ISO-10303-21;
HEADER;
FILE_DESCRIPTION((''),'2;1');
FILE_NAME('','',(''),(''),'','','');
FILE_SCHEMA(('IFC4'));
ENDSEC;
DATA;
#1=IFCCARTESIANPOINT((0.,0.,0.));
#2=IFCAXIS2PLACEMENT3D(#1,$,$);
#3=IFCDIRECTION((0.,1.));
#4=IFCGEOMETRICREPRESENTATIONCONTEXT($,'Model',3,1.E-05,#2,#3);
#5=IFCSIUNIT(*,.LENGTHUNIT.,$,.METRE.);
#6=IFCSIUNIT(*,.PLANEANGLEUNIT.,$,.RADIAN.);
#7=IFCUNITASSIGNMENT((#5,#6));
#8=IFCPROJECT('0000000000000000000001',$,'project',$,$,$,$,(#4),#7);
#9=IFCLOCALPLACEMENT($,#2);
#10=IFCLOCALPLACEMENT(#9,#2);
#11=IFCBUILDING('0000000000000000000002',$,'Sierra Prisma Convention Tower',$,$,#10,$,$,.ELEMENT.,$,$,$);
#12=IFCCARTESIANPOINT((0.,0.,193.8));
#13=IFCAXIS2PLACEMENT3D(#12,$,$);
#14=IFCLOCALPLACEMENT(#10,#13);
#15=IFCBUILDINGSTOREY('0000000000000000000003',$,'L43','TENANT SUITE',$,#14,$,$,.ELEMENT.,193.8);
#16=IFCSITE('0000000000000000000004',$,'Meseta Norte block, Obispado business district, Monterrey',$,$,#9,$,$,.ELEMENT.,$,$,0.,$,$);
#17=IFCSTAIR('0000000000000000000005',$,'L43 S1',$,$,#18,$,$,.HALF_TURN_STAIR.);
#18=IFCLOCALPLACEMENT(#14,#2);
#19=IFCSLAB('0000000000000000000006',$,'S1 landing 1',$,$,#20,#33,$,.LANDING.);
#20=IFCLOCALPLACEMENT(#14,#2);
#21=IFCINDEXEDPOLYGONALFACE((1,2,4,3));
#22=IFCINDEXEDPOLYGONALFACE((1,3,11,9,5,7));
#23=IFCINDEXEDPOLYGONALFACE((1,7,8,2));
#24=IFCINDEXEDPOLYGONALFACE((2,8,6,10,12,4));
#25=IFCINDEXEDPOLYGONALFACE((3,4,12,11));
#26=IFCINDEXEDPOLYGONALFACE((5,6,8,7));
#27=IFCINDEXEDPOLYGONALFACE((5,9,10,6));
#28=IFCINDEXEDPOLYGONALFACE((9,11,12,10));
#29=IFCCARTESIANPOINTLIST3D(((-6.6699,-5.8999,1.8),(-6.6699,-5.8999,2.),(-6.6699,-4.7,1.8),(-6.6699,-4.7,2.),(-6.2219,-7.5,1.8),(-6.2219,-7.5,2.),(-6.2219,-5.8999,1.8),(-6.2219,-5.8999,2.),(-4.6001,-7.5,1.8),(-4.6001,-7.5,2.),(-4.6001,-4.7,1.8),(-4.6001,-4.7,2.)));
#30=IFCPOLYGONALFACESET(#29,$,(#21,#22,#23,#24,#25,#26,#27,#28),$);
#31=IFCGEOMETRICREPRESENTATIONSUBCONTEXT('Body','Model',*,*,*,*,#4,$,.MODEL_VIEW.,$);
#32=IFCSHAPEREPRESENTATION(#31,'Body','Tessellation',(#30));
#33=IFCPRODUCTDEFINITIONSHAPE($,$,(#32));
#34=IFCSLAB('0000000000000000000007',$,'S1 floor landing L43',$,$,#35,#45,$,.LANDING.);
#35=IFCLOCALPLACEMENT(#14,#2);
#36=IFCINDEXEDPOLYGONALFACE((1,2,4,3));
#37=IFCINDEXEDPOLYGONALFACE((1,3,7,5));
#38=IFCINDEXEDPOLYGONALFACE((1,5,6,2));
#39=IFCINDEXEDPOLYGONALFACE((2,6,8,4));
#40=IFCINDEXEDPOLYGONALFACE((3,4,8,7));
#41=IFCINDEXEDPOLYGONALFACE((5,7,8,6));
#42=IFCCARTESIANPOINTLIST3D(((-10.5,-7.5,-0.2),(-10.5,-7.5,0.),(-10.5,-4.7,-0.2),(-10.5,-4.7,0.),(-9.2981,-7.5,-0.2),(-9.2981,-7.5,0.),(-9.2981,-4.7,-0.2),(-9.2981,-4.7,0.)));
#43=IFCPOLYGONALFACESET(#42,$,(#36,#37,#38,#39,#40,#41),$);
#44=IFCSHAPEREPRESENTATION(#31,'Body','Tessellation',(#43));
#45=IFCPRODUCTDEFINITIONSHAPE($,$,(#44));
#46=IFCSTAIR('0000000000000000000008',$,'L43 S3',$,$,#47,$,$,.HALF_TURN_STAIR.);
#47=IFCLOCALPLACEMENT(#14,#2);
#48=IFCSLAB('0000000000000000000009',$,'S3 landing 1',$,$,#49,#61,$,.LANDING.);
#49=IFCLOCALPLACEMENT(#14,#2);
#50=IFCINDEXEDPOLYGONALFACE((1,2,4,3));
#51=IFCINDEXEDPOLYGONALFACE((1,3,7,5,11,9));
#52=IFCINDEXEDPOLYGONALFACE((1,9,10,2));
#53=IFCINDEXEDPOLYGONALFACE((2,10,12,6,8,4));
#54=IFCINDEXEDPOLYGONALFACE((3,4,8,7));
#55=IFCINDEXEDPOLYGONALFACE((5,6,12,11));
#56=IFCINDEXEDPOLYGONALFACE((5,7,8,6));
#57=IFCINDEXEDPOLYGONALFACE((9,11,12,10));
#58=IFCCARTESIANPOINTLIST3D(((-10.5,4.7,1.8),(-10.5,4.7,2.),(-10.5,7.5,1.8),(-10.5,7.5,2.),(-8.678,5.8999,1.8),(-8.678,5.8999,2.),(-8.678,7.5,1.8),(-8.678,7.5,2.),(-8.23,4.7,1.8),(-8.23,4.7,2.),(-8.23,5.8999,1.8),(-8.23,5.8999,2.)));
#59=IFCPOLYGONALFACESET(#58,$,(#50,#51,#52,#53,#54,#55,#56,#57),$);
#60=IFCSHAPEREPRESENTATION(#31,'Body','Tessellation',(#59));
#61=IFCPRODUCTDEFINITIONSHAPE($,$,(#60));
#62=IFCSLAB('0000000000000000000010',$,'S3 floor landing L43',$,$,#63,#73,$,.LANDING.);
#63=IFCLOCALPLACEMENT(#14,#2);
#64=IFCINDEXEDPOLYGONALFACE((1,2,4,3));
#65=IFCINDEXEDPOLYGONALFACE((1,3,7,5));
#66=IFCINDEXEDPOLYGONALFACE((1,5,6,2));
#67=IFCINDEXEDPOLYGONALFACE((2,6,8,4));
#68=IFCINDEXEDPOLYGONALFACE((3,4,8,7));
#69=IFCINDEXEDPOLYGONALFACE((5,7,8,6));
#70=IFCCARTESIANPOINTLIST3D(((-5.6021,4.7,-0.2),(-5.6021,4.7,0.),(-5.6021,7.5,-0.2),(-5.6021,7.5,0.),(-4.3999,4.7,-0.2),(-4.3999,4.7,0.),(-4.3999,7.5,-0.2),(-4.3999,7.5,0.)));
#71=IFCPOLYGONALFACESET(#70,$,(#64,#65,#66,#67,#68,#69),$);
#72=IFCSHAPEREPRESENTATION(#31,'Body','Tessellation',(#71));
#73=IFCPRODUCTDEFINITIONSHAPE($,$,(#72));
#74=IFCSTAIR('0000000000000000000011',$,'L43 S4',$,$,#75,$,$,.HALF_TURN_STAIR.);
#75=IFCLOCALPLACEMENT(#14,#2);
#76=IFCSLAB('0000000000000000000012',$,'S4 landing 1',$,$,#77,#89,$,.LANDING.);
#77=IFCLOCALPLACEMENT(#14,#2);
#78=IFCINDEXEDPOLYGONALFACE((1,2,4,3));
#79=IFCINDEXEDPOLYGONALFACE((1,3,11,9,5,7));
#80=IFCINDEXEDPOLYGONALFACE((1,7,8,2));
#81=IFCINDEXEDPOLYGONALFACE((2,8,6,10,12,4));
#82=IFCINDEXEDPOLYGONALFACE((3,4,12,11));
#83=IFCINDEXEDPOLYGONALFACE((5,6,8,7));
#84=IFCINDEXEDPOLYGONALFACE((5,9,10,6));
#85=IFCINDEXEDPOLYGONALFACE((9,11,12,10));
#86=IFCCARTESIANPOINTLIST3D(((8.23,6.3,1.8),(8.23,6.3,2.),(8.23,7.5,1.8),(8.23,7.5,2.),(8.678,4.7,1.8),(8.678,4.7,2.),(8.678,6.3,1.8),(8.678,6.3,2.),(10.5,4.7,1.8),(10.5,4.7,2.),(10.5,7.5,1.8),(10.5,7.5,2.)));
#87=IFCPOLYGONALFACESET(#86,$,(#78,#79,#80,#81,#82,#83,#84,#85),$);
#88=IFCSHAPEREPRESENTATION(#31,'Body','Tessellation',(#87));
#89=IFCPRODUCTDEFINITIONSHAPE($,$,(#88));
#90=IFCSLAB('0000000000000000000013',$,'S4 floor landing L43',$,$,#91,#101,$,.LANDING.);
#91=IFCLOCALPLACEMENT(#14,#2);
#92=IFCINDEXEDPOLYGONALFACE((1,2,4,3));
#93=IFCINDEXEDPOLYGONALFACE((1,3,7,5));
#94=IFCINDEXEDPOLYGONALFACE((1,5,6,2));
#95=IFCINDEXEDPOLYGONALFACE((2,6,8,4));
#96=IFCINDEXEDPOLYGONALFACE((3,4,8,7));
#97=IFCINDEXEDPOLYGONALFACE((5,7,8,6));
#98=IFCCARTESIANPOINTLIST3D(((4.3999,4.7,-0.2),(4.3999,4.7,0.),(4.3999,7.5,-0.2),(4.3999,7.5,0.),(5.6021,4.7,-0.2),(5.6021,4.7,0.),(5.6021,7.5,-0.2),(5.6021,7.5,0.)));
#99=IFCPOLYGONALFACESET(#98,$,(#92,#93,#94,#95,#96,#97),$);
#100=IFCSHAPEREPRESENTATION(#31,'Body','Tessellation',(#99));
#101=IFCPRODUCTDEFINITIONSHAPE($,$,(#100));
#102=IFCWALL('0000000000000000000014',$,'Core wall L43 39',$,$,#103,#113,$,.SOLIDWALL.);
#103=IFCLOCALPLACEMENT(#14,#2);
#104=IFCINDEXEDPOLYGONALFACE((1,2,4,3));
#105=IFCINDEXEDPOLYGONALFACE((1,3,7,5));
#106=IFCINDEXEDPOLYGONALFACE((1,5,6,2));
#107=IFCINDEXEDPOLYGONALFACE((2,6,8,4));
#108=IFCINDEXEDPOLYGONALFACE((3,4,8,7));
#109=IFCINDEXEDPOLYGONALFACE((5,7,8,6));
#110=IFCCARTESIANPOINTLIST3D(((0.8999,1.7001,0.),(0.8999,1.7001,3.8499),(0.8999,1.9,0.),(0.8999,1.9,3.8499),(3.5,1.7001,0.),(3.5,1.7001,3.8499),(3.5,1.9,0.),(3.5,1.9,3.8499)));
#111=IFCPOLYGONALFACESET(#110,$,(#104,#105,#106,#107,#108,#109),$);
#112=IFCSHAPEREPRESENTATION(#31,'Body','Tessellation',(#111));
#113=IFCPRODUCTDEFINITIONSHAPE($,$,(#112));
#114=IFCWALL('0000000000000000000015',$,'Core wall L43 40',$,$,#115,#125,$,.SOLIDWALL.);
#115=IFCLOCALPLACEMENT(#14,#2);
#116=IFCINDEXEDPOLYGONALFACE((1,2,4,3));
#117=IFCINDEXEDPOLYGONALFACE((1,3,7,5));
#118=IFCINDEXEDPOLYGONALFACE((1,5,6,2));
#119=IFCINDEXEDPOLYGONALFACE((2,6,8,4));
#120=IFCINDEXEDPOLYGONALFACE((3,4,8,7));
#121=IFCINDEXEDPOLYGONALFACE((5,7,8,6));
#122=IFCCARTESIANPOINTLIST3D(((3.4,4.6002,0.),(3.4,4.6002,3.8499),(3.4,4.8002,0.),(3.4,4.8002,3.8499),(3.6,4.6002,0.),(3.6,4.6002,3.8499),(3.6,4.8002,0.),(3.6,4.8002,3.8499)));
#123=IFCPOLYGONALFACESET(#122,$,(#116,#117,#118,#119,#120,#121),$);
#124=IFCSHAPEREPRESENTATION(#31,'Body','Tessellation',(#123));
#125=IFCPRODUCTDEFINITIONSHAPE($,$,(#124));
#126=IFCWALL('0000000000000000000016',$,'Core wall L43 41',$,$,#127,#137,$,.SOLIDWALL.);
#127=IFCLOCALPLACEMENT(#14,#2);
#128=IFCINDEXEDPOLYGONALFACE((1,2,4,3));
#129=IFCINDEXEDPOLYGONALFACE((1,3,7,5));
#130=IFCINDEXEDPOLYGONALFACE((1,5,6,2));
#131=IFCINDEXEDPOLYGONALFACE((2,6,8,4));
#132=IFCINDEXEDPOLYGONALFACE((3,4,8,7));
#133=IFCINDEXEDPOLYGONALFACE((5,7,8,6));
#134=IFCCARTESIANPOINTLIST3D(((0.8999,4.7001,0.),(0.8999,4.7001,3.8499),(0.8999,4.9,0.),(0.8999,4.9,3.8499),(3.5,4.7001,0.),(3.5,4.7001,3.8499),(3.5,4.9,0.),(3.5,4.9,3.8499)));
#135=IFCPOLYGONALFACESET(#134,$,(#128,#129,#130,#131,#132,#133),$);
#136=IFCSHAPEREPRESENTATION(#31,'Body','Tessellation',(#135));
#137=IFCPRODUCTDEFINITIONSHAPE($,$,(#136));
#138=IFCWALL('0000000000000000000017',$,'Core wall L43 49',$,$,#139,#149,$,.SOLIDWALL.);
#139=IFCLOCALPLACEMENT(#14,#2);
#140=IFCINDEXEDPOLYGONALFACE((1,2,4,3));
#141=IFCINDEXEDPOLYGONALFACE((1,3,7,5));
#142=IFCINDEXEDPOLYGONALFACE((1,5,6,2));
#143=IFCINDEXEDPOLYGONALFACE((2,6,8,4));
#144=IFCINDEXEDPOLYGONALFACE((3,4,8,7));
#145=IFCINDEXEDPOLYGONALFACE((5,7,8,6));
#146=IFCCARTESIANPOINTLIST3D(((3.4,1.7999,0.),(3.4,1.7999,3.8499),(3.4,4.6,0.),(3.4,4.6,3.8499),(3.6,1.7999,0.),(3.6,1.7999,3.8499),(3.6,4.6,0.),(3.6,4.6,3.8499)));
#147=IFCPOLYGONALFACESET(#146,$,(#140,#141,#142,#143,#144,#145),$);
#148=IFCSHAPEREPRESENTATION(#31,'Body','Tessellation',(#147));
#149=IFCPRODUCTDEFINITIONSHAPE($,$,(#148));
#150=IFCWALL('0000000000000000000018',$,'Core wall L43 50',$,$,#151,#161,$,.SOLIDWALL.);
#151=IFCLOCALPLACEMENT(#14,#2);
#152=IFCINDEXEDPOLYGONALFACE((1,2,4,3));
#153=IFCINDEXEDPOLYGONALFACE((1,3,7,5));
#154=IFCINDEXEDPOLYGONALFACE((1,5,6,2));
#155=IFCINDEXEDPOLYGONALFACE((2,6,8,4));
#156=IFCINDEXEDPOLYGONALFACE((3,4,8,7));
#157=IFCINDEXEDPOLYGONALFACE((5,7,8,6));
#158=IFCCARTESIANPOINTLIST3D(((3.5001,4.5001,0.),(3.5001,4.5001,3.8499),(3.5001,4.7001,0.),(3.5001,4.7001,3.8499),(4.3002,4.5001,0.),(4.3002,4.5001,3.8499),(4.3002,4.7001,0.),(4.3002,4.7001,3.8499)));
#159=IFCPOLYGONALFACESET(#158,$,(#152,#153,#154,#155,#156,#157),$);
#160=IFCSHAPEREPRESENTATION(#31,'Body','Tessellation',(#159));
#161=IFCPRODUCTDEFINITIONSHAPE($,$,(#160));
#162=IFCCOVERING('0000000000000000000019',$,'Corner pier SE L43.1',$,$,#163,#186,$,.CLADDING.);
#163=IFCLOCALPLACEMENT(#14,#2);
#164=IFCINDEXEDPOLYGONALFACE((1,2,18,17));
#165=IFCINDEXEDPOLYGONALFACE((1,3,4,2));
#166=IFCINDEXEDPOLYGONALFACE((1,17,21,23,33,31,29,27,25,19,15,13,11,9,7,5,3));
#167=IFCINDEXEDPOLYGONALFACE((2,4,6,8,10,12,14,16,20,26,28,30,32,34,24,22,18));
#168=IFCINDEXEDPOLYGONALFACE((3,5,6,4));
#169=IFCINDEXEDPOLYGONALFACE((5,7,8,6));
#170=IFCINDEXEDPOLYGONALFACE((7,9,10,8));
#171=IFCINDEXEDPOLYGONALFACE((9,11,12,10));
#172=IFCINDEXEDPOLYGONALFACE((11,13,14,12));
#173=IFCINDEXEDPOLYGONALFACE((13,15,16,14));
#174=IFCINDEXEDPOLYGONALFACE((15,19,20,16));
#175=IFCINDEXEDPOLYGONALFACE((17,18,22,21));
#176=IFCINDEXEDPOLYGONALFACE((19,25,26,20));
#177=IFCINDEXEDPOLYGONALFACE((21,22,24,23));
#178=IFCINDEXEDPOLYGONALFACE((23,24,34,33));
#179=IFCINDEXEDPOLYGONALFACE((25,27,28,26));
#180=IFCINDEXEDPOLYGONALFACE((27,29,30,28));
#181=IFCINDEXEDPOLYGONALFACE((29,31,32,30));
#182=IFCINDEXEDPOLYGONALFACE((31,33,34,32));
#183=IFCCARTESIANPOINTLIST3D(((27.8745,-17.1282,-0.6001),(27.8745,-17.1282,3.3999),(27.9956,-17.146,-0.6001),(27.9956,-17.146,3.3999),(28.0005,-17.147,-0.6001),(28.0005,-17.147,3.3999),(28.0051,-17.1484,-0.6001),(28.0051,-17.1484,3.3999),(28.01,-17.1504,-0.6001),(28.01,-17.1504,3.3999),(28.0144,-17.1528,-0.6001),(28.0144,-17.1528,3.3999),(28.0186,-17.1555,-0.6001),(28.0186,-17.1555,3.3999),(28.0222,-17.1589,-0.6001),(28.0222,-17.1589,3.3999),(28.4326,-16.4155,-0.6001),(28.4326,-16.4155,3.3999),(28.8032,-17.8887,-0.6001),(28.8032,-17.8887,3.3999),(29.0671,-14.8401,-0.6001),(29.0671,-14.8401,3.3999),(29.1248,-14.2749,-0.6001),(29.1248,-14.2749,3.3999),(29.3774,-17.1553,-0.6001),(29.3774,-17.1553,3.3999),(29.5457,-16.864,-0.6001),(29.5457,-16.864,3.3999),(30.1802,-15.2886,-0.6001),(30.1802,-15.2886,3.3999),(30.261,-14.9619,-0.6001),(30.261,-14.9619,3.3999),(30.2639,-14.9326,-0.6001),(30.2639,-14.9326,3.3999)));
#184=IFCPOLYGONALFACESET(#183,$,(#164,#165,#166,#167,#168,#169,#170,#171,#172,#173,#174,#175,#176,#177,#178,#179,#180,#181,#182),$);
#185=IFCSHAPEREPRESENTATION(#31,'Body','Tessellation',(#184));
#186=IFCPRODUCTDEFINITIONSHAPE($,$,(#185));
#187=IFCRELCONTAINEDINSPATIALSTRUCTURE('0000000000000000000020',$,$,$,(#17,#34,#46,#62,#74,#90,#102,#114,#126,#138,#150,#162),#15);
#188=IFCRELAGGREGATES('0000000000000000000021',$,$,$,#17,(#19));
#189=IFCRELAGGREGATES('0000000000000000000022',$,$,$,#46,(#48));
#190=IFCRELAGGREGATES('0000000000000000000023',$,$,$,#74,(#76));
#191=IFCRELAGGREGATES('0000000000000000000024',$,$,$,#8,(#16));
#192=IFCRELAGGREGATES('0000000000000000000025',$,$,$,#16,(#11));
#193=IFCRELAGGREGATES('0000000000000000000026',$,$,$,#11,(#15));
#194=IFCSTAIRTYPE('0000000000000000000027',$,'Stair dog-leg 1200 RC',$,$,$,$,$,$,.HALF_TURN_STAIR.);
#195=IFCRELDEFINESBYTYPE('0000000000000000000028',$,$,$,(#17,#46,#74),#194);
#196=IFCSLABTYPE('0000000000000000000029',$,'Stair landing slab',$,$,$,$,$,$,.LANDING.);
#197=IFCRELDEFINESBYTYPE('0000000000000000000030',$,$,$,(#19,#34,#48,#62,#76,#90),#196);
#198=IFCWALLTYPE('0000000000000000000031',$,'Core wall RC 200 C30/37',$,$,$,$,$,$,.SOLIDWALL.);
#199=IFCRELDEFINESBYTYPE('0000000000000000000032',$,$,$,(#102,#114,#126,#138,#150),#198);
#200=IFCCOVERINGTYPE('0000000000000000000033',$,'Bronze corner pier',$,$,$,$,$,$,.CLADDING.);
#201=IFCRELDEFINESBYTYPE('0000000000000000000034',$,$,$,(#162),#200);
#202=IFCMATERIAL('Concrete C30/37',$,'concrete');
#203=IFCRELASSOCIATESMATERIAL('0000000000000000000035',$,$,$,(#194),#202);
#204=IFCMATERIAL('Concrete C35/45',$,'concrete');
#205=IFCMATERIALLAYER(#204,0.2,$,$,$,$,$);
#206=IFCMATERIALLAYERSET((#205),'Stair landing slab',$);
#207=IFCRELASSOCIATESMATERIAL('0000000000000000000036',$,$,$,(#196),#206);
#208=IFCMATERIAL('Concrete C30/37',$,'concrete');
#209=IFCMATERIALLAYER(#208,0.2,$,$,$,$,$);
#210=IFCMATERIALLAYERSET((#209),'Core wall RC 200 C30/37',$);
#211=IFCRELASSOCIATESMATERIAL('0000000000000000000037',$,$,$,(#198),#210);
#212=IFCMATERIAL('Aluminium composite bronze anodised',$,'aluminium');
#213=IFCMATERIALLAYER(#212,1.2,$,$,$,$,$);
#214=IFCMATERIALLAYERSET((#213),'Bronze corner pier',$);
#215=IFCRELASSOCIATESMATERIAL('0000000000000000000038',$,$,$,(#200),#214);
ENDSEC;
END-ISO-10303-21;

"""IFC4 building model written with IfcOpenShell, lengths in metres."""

from ifc_helpers import new_model, si_unit, direction, frame, frame_2d, origin, place, context, subcontext, project, spatial, polyline, rectangle, outline, extrude, material, layer, layer_set, type_object, element, aggregate, save


model = new_model("IFC4")

# Units and contexts
model_context = context("Model", 3, precision=1e-05, world=origin(), true_north=direction((0.0, 1.0)))
body_context = subcontext(model_context, "Body", "Model", "MODEL_VIEW")
ifc_project = project(units=[si_unit("LENGTHUNIT", "METRE"), si_unit("PLANEANGLEUNIT", "RADIAN")], contexts=[model_context])

# Site, building, storey
site_placement = place(None, origin())
site = spatial("IfcSite", under=ifc_project, at=site_placement, Name="Meseta Norte block, Obispado business district, Monterrey", CompositionType="ELEMENT", RefElevation=0.0)
building_placement = place(site_placement, origin())
building = spatial("IfcBuilding", under=site, at=building_placement, Name="Sierra Prisma Convention Tower", CompositionType="ELEMENT")
storey_placement = place(building_placement, frame((0.0, 0.0, 193.8)))
storey = spatial("IfcBuildingStorey", under=building, at=storey_placement, Name="L43", Description="TENANT SUITE", CompositionType="ELEMENT", Elevation=193.8)

# Stair, slab
ifc_material_1 = material(Name="Concrete C30/37", Category="concrete")
stair_type = type_object("IfcStairType", Name="Stair dog-leg 1200 RC", PredefinedType="HALF_TURN_STAIR", material=ifc_material_1)
stair_1_placement = place(storey_placement, origin())
stair_1 = element("IfcStair", 1, at=stair_1_placement, inside=storey, type_object=stair_type, Name="L43 S1", PredefinedType="HALF_TURN_STAIR")
ifc_material_2 = material(Name="Concrete C35/45", Category="concrete")
ifc_layer_1 = layer(ifc_material_2, 0.2)
ifc_layer_set_1 = layer_set([ifc_layer_1], Name="Stair landing slab")
slab_type = type_object("IfcSlabType", Name="Stair landing slab", PredefinedType="LANDING", material=ifc_layer_set_1)
slab_1_placement = place(storey_placement, frame((0.0, 0.0, 1.8)))
slab_1 = element("IfcSlab", 2, at=slab_1_placement, type_object=slab_type, Name="S1 landing 1", PredefinedType="LANDING", context=body_context, shape_type="SweptSolid", body=[
    extrude(outline(polyline([(-4.6001, -4.7), (-4.6001, -7.5), (-6.2219, -7.5), (-6.2219, -5.8999), (-6.6699, -5.8999), (-6.6699, -4.7), (-4.6001, -4.7)])), origin(), (0.0, 0.0, 1.0), 0.2),
])
aggregate(stair_1, [slab_1])

# Slab
slab_2_placement = place(storey_placement, frame((0.0, 0.0, -0.2)))
element("IfcSlab", 3, at=slab_2_placement, inside=storey, type_object=slab_type, Name="S1 floor landing L43", PredefinedType="LANDING", context=body_context, shape_type="SweptSolid", body=[
    extrude(outline(polyline([(-10.5, -7.5), (-9.2981, -7.5), (-9.2981, -4.7), (-10.5, -4.7), (-10.5, -7.5)])), origin(), (0.0, 0.0, 1.0), 0.2),
])

# Stair, slab
stair_2_placement = place(storey_placement, origin())
stair_2 = element("IfcStair", 4, at=stair_2_placement, inside=storey, type_object=stair_type, Name="L43 S3", PredefinedType="HALF_TURN_STAIR")
slab_3_placement = place(storey_placement, frame((0.0, 0.0, 1.8)))
slab_3 = element("IfcSlab", 5, at=slab_3_placement, type_object=slab_type, Name="S3 landing 1", PredefinedType="LANDING", context=body_context, shape_type="SweptSolid", body=[
    extrude(outline(polyline([(-8.23, 5.8999), (-8.23, 4.7), (-10.5, 4.7), (-10.5, 7.5), (-8.678, 7.5), (-8.678, 5.8999), (-8.23, 5.8999)])), origin(), (0.0, 0.0, 1.0), 0.2),
])
aggregate(stair_2, [slab_3])

# Slab
slab_4_placement = place(storey_placement, frame((0.0, 0.0, -0.2)))
element("IfcSlab", 6, at=slab_4_placement, inside=storey, type_object=slab_type, Name="S3 floor landing L43", PredefinedType="LANDING", context=body_context, shape_type="SweptSolid", body=[
    extrude(outline(polyline([(-4.3999, 7.5), (-5.6021, 7.5), (-5.6021, 4.7), (-4.3999, 4.7), (-4.3999, 7.5)])), origin(), (0.0, 0.0, 1.0), 0.2),
])

# Stair, slab
stair_3_placement = place(storey_placement, origin())
stair_3 = element("IfcStair", 7, at=stair_3_placement, inside=storey, type_object=stair_type, Name="L43 S4", PredefinedType="HALF_TURN_STAIR")
slab_5_placement = place(storey_placement, frame((0.0, 0.0, 1.8)))
slab_5 = element("IfcSlab", 8, at=slab_5_placement, type_object=slab_type, Name="S4 landing 1", PredefinedType="LANDING", context=body_context, shape_type="SweptSolid", body=[
    extrude(outline(polyline([(10.5, 7.5), (10.5, 4.7), (8.678, 4.7), (8.678, 6.3), (8.23, 6.3), (8.23, 7.5), (10.5, 7.5)])), origin(), (0.0, 0.0, 1.0), 0.2),
])
aggregate(stair_3, [slab_5])

# Slab
slab_6_placement = place(storey_placement, frame((0.0, 0.0, -0.2)))
element("IfcSlab", 9, at=slab_6_placement, inside=storey, type_object=slab_type, Name="S4 floor landing L43", PredefinedType="LANDING", context=body_context, shape_type="SweptSolid", body=[
    extrude(outline(polyline([(4.3999, 4.7), (5.6021, 4.7), (5.6021, 7.5), (4.3999, 7.5), (4.3999, 4.7)])), origin(), (0.0, 0.0, 1.0), 0.2),
])

# Shared definitions
ifc_material_3 = material(Name="Concrete C30/37", Category="concrete")
ifc_layer_2 = layer(ifc_material_3, 0.2)
ifc_layer_set_2 = layer_set([ifc_layer_2], Name="Core wall RC 200 C30/37")
wall_type = type_object("IfcWallType", Name="Core wall RC 200 C30/37", PredefinedType="SOLIDWALL", material=ifc_layer_set_2)

# Walls
wall_1_placement = place(storey_placement, frame((3.5, 1.8, 0.0), z_axis=(0.0, 0.0, 1.0), x_axis=(-1.0, 0.0, 0.0)))
element("IfcWall", 10, at=wall_1_placement, inside=storey, type_object=wall_type, Name="Core wall L43 39", PredefinedType="SOLIDWALL", context=body_context, shape_type="SweptSolid", body=[
    extrude(rectangle(XDim=2.6001, YDim=0.2, at=frame_2d((1.3, 0.0))), origin(), (0.0, 0.0, 1.0), 3.8499),
])
wall_2_placement = place(storey_placement, frame((3.5, 4.6001, 0.0), z_axis=(0.0, 0.0, 1.0), x_axis=(0.0, 1.0, 0.0)))
element("IfcWall", 11, at=wall_2_placement, inside=storey, type_object=wall_type, Name="Core wall L43 40", PredefinedType="SOLIDWALL", context=body_context, shape_type="SweptSolid", body=[
    extrude(rectangle(XDim=0.2, YDim=0.2, at=frame_2d((0.1001, 0.0))), origin(), (0.0, 0.0, 1.0), 3.8499),
])
wall_3_placement = place(storey_placement, frame((3.5, 4.8, 0.0), z_axis=(0.0, 0.0, 1.0), x_axis=(-1.0, 0.0, 0.0)))
element("IfcWall", 12, at=wall_3_placement, inside=storey, type_object=wall_type, Name="Core wall L43 41", PredefinedType="SOLIDWALL", context=body_context, shape_type="SweptSolid", body=[
    extrude(rectangle(XDim=2.6001, YDim=0.2, at=frame_2d((1.3, 0.0))), origin(), (0.0, 0.0, 1.0), 3.8499),
])

# Walls
wall_4_placement = place(storey_placement, frame((3.5, 1.8, 0.0), z_axis=(0.0, 0.0, 1.0), x_axis=(0.0, 1.0, 0.0)))
element("IfcWall", 13, at=wall_4_placement, inside=storey, type_object=wall_type, Name="Core wall L43 49", PredefinedType="SOLIDWALL", context=body_context, shape_type="SweptSolid", body=[
    extrude(rectangle(XDim=2.8, YDim=0.2, at=frame_2d((1.3999, 0.0))), origin(), (0.0, 0.0, 1.0), 3.8499),
])
wall_5_placement = place(storey_placement, frame((4.3, 4.6001, 0.0), z_axis=(0.0, 0.0, 1.0), x_axis=(-1.0, 0.0, 0.0)))
element("IfcWall", 14, at=wall_5_placement, inside=storey, type_object=wall_type, Name="Core wall L43 50", PredefinedType="SOLIDWALL", context=body_context, shape_type="SweptSolid", body=[
    extrude(rectangle(XDim=0.8, YDim=0.2, at=frame_2d((0.3999, 0.0))), origin(), (0.0, 0.0, 1.0), 3.8499),
])

# Covering
ifc_material_4 = material(Name="Aluminium composite bronze anodised", Category="aluminium")
ifc_layer_3 = layer(ifc_material_4, 1.2)
ifc_layer_set_3 = layer_set([ifc_layer_3], Name="Bronze corner pier")
covering_type_1 = type_object("IfcCoveringType", Name="Bronze corner pier", PredefinedType="CLADDING", material=ifc_layer_set_3)
covering_1_placement = place(storey_placement, frame((0.0, 0.0, -0.6001)))
element("IfcCovering", 15, at=covering_1_placement, inside=storey, type_object=covering_type_1, Name="Corner pier SE L43.1", PredefinedType="CLADDING", context=body_context, shape_type="SweptSolid", body=[
    extrude(outline(polyline([(28.4326, -16.4155), (29.0671, -14.8401), (29.1248, -14.2749), (30.2639, -14.9326), (30.261, -14.9619), (30.1802, -15.2886), (29.5457, -16.864), (29.3774, -17.1553), (28.8032, -17.8887), (28.0222, -17.1589), (28.0186, -17.1555), (28.0144, -17.1528), (28.01, -17.1504), (28.0051, -17.1484), (28.0005, -17.147), (27.9956, -17.146), (27.8745, -17.1282), (28.4326, -16.4155)])), origin(), (0.0, 0.0, 1.0), 4.0),
])

save(model, "model.ifc")
